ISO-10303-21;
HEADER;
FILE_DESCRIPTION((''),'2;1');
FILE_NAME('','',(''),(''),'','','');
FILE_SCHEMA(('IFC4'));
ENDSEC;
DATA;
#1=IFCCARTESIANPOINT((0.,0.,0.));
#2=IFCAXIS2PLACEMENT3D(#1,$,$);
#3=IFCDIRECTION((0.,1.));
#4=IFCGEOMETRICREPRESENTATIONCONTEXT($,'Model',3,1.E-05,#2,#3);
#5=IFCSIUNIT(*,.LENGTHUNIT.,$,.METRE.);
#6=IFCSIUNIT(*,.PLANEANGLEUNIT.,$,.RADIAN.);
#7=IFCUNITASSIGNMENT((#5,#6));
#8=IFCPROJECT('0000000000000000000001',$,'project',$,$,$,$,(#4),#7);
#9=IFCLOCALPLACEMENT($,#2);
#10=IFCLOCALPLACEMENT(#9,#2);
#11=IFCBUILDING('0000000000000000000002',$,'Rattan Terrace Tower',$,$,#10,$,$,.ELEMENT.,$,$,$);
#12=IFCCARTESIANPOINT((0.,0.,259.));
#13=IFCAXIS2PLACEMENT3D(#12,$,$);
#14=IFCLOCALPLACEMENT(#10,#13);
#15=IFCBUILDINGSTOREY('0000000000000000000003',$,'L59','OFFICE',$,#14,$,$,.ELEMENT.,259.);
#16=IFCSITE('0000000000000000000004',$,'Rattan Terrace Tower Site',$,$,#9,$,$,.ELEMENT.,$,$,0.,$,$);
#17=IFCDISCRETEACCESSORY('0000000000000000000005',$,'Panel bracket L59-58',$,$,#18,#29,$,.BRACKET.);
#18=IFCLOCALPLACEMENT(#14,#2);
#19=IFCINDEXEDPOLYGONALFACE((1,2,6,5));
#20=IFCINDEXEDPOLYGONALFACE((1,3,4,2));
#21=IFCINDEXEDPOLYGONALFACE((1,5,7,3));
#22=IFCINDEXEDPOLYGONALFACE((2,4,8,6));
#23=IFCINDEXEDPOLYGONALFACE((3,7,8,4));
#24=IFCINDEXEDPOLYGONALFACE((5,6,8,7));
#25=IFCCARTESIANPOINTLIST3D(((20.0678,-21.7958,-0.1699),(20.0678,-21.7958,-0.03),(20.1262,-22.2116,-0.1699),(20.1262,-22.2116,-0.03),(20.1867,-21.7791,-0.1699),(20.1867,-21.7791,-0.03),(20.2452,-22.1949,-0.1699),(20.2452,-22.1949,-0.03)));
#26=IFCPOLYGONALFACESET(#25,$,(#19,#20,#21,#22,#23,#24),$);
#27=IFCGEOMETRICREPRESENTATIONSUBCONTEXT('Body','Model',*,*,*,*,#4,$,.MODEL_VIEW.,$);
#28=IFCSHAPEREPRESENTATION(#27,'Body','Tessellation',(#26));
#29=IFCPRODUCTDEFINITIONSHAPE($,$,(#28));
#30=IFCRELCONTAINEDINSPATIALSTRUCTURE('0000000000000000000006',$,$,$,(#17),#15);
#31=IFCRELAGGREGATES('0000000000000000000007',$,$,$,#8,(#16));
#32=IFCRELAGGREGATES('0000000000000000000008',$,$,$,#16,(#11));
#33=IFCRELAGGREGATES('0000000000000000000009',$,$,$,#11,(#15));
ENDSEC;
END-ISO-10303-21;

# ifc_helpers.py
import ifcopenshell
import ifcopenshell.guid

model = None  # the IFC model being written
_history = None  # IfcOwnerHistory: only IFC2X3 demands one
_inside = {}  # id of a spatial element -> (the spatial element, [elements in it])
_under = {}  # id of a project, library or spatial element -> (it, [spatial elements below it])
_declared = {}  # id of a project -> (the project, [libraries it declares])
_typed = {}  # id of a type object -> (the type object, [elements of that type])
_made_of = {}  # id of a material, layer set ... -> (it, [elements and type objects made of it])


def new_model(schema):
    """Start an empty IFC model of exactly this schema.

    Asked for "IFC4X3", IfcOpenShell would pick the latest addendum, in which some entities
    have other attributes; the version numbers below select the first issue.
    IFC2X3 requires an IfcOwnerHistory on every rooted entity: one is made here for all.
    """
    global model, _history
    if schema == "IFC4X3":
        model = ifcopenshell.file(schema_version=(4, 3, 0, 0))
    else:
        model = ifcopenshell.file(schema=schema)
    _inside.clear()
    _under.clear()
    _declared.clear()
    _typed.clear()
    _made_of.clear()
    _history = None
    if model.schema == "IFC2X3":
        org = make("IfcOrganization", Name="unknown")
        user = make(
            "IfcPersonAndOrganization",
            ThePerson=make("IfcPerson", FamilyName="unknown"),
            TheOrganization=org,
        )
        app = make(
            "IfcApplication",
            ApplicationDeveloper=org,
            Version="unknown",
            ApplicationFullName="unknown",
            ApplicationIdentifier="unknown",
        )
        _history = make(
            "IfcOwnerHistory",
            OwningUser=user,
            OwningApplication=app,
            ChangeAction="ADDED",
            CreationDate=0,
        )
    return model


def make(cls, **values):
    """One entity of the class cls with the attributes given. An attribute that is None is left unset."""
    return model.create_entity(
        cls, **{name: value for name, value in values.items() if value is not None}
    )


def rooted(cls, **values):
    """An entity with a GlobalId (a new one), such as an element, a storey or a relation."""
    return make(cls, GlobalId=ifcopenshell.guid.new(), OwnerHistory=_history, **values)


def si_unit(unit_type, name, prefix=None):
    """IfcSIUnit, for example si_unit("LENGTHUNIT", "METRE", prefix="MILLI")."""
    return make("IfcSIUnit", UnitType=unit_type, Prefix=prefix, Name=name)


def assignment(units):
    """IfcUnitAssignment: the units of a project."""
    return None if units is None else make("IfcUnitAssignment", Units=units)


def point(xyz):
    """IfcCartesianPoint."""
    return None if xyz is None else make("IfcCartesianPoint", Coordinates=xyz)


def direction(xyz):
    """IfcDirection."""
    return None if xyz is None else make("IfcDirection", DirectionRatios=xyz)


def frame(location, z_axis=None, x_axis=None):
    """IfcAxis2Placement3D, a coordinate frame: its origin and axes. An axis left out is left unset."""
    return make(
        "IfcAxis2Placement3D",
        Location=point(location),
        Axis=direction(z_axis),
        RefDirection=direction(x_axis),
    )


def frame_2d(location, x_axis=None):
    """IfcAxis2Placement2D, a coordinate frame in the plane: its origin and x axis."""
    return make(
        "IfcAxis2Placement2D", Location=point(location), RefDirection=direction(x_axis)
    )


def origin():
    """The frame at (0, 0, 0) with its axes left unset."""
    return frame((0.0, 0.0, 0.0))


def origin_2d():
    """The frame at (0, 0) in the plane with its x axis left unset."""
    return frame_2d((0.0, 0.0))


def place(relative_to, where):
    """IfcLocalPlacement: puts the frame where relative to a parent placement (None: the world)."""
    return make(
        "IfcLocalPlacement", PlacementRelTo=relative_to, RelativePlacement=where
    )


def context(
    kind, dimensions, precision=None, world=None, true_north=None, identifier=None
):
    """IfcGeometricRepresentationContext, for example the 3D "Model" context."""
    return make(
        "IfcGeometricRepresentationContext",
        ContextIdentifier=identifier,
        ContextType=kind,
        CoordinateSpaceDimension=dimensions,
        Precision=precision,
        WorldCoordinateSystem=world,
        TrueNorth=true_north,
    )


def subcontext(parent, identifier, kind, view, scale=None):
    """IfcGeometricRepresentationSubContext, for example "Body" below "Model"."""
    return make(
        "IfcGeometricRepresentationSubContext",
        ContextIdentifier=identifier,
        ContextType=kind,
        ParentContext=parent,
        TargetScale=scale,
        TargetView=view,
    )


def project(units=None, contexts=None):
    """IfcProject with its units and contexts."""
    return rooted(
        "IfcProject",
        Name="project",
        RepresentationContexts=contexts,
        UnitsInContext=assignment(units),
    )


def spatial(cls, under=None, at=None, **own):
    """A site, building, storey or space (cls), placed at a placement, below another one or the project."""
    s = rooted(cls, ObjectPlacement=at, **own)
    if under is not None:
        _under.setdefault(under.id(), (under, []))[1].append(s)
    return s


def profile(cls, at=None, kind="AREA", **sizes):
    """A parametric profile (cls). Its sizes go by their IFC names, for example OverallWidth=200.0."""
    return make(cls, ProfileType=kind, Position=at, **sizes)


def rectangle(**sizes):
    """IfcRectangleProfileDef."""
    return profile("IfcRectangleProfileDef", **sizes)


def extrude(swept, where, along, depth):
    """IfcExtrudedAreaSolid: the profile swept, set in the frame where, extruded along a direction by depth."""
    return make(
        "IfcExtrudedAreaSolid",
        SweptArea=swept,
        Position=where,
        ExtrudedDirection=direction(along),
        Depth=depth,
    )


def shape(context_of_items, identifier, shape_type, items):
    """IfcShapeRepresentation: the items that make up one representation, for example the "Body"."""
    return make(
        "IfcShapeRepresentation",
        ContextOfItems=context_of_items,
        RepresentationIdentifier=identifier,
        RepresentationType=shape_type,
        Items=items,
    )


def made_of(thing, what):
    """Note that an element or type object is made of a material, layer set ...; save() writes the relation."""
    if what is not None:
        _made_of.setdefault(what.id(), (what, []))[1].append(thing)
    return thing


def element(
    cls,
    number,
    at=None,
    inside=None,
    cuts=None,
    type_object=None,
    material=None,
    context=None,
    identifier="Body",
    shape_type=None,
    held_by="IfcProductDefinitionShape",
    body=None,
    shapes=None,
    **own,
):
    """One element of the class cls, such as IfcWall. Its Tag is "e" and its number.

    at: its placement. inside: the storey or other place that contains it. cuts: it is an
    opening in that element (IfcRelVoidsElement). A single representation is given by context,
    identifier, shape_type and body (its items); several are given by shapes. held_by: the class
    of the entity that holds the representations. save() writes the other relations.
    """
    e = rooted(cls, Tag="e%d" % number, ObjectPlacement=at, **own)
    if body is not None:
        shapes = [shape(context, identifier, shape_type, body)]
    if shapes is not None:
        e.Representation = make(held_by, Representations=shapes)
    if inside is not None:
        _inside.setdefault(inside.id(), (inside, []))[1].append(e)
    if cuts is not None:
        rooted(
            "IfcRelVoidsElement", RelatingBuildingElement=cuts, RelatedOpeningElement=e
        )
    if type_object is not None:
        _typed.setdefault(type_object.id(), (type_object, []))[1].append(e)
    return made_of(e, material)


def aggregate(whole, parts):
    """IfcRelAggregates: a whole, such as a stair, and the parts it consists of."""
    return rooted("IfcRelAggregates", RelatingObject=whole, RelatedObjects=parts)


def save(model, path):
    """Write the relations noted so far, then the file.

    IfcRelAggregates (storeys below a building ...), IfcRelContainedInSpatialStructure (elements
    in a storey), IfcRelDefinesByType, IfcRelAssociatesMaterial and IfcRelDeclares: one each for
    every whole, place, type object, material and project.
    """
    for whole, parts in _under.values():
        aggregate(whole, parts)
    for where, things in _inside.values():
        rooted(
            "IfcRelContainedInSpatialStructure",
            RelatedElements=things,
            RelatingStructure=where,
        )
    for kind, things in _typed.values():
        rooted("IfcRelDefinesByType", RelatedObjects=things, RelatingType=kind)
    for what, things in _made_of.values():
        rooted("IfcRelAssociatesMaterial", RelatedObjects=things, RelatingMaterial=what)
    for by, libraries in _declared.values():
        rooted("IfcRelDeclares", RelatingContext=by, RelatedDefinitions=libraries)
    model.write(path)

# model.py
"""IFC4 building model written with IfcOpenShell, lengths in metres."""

from ifc_helpers import new_model, si_unit, direction, frame, origin, origin_2d, place, context, subcontext, project, spatial, rectangle, extrude, element, save


model = new_model("IFC4")

# Units and contexts
model_context = context("Model", 3, precision=1e-05, world=origin(), true_north=direction((0.0, 1.0)))
body_context = subcontext(model_context, "Body", "Model", "MODEL_VIEW")
ifc_project = project(units=[si_unit("LENGTHUNIT", "METRE"), si_unit("PLANEANGLEUNIT", "RADIAN")], contexts=[model_context])

# Site, building, storey
site_placement = place(None, origin())
site = spatial("IfcSite", under=ifc_project, at=site_placement, Name="Rattan Terrace Tower Site", CompositionType="ELEMENT", RefElevation=0.0)
building_placement = place(site_placement, origin())
building = spatial("IfcBuilding", under=site, at=building_placement, Name="Rattan Terrace Tower", CompositionType="ELEMENT")
storey_placement = place(building_placement, frame((0.0, 0.0, 259.0)))
storey = spatial("IfcBuildingStorey", under=building, at=storey_placement, Name="L59", Description="OFFICE", CompositionType="ELEMENT", Elevation=259.0)

# Discrete accessory
for number, where, z_axis, x_axis, name in (
    (1, (20.1565, -21.9954, -0.1699), (0.0, 0.0, 1.0), (0.990266, 0.139189, 0.0), "Panel bracket L59-58"),
):
    element("IfcDiscreteAccessory", number, at=place(storey_placement, frame(where, z_axis=z_axis, x_axis=x_axis)), inside=storey, Name=name, PredefinedType="BRACKET", context=body_context, shape_type="SweptSolid", body=[
        extrude(rectangle(XDim=0.1201, YDim=0.4199, at=origin_2d()), origin(), (0.0, 0.0, 1.0), 0.1399),
    ])

save(model, "model.ifc")
